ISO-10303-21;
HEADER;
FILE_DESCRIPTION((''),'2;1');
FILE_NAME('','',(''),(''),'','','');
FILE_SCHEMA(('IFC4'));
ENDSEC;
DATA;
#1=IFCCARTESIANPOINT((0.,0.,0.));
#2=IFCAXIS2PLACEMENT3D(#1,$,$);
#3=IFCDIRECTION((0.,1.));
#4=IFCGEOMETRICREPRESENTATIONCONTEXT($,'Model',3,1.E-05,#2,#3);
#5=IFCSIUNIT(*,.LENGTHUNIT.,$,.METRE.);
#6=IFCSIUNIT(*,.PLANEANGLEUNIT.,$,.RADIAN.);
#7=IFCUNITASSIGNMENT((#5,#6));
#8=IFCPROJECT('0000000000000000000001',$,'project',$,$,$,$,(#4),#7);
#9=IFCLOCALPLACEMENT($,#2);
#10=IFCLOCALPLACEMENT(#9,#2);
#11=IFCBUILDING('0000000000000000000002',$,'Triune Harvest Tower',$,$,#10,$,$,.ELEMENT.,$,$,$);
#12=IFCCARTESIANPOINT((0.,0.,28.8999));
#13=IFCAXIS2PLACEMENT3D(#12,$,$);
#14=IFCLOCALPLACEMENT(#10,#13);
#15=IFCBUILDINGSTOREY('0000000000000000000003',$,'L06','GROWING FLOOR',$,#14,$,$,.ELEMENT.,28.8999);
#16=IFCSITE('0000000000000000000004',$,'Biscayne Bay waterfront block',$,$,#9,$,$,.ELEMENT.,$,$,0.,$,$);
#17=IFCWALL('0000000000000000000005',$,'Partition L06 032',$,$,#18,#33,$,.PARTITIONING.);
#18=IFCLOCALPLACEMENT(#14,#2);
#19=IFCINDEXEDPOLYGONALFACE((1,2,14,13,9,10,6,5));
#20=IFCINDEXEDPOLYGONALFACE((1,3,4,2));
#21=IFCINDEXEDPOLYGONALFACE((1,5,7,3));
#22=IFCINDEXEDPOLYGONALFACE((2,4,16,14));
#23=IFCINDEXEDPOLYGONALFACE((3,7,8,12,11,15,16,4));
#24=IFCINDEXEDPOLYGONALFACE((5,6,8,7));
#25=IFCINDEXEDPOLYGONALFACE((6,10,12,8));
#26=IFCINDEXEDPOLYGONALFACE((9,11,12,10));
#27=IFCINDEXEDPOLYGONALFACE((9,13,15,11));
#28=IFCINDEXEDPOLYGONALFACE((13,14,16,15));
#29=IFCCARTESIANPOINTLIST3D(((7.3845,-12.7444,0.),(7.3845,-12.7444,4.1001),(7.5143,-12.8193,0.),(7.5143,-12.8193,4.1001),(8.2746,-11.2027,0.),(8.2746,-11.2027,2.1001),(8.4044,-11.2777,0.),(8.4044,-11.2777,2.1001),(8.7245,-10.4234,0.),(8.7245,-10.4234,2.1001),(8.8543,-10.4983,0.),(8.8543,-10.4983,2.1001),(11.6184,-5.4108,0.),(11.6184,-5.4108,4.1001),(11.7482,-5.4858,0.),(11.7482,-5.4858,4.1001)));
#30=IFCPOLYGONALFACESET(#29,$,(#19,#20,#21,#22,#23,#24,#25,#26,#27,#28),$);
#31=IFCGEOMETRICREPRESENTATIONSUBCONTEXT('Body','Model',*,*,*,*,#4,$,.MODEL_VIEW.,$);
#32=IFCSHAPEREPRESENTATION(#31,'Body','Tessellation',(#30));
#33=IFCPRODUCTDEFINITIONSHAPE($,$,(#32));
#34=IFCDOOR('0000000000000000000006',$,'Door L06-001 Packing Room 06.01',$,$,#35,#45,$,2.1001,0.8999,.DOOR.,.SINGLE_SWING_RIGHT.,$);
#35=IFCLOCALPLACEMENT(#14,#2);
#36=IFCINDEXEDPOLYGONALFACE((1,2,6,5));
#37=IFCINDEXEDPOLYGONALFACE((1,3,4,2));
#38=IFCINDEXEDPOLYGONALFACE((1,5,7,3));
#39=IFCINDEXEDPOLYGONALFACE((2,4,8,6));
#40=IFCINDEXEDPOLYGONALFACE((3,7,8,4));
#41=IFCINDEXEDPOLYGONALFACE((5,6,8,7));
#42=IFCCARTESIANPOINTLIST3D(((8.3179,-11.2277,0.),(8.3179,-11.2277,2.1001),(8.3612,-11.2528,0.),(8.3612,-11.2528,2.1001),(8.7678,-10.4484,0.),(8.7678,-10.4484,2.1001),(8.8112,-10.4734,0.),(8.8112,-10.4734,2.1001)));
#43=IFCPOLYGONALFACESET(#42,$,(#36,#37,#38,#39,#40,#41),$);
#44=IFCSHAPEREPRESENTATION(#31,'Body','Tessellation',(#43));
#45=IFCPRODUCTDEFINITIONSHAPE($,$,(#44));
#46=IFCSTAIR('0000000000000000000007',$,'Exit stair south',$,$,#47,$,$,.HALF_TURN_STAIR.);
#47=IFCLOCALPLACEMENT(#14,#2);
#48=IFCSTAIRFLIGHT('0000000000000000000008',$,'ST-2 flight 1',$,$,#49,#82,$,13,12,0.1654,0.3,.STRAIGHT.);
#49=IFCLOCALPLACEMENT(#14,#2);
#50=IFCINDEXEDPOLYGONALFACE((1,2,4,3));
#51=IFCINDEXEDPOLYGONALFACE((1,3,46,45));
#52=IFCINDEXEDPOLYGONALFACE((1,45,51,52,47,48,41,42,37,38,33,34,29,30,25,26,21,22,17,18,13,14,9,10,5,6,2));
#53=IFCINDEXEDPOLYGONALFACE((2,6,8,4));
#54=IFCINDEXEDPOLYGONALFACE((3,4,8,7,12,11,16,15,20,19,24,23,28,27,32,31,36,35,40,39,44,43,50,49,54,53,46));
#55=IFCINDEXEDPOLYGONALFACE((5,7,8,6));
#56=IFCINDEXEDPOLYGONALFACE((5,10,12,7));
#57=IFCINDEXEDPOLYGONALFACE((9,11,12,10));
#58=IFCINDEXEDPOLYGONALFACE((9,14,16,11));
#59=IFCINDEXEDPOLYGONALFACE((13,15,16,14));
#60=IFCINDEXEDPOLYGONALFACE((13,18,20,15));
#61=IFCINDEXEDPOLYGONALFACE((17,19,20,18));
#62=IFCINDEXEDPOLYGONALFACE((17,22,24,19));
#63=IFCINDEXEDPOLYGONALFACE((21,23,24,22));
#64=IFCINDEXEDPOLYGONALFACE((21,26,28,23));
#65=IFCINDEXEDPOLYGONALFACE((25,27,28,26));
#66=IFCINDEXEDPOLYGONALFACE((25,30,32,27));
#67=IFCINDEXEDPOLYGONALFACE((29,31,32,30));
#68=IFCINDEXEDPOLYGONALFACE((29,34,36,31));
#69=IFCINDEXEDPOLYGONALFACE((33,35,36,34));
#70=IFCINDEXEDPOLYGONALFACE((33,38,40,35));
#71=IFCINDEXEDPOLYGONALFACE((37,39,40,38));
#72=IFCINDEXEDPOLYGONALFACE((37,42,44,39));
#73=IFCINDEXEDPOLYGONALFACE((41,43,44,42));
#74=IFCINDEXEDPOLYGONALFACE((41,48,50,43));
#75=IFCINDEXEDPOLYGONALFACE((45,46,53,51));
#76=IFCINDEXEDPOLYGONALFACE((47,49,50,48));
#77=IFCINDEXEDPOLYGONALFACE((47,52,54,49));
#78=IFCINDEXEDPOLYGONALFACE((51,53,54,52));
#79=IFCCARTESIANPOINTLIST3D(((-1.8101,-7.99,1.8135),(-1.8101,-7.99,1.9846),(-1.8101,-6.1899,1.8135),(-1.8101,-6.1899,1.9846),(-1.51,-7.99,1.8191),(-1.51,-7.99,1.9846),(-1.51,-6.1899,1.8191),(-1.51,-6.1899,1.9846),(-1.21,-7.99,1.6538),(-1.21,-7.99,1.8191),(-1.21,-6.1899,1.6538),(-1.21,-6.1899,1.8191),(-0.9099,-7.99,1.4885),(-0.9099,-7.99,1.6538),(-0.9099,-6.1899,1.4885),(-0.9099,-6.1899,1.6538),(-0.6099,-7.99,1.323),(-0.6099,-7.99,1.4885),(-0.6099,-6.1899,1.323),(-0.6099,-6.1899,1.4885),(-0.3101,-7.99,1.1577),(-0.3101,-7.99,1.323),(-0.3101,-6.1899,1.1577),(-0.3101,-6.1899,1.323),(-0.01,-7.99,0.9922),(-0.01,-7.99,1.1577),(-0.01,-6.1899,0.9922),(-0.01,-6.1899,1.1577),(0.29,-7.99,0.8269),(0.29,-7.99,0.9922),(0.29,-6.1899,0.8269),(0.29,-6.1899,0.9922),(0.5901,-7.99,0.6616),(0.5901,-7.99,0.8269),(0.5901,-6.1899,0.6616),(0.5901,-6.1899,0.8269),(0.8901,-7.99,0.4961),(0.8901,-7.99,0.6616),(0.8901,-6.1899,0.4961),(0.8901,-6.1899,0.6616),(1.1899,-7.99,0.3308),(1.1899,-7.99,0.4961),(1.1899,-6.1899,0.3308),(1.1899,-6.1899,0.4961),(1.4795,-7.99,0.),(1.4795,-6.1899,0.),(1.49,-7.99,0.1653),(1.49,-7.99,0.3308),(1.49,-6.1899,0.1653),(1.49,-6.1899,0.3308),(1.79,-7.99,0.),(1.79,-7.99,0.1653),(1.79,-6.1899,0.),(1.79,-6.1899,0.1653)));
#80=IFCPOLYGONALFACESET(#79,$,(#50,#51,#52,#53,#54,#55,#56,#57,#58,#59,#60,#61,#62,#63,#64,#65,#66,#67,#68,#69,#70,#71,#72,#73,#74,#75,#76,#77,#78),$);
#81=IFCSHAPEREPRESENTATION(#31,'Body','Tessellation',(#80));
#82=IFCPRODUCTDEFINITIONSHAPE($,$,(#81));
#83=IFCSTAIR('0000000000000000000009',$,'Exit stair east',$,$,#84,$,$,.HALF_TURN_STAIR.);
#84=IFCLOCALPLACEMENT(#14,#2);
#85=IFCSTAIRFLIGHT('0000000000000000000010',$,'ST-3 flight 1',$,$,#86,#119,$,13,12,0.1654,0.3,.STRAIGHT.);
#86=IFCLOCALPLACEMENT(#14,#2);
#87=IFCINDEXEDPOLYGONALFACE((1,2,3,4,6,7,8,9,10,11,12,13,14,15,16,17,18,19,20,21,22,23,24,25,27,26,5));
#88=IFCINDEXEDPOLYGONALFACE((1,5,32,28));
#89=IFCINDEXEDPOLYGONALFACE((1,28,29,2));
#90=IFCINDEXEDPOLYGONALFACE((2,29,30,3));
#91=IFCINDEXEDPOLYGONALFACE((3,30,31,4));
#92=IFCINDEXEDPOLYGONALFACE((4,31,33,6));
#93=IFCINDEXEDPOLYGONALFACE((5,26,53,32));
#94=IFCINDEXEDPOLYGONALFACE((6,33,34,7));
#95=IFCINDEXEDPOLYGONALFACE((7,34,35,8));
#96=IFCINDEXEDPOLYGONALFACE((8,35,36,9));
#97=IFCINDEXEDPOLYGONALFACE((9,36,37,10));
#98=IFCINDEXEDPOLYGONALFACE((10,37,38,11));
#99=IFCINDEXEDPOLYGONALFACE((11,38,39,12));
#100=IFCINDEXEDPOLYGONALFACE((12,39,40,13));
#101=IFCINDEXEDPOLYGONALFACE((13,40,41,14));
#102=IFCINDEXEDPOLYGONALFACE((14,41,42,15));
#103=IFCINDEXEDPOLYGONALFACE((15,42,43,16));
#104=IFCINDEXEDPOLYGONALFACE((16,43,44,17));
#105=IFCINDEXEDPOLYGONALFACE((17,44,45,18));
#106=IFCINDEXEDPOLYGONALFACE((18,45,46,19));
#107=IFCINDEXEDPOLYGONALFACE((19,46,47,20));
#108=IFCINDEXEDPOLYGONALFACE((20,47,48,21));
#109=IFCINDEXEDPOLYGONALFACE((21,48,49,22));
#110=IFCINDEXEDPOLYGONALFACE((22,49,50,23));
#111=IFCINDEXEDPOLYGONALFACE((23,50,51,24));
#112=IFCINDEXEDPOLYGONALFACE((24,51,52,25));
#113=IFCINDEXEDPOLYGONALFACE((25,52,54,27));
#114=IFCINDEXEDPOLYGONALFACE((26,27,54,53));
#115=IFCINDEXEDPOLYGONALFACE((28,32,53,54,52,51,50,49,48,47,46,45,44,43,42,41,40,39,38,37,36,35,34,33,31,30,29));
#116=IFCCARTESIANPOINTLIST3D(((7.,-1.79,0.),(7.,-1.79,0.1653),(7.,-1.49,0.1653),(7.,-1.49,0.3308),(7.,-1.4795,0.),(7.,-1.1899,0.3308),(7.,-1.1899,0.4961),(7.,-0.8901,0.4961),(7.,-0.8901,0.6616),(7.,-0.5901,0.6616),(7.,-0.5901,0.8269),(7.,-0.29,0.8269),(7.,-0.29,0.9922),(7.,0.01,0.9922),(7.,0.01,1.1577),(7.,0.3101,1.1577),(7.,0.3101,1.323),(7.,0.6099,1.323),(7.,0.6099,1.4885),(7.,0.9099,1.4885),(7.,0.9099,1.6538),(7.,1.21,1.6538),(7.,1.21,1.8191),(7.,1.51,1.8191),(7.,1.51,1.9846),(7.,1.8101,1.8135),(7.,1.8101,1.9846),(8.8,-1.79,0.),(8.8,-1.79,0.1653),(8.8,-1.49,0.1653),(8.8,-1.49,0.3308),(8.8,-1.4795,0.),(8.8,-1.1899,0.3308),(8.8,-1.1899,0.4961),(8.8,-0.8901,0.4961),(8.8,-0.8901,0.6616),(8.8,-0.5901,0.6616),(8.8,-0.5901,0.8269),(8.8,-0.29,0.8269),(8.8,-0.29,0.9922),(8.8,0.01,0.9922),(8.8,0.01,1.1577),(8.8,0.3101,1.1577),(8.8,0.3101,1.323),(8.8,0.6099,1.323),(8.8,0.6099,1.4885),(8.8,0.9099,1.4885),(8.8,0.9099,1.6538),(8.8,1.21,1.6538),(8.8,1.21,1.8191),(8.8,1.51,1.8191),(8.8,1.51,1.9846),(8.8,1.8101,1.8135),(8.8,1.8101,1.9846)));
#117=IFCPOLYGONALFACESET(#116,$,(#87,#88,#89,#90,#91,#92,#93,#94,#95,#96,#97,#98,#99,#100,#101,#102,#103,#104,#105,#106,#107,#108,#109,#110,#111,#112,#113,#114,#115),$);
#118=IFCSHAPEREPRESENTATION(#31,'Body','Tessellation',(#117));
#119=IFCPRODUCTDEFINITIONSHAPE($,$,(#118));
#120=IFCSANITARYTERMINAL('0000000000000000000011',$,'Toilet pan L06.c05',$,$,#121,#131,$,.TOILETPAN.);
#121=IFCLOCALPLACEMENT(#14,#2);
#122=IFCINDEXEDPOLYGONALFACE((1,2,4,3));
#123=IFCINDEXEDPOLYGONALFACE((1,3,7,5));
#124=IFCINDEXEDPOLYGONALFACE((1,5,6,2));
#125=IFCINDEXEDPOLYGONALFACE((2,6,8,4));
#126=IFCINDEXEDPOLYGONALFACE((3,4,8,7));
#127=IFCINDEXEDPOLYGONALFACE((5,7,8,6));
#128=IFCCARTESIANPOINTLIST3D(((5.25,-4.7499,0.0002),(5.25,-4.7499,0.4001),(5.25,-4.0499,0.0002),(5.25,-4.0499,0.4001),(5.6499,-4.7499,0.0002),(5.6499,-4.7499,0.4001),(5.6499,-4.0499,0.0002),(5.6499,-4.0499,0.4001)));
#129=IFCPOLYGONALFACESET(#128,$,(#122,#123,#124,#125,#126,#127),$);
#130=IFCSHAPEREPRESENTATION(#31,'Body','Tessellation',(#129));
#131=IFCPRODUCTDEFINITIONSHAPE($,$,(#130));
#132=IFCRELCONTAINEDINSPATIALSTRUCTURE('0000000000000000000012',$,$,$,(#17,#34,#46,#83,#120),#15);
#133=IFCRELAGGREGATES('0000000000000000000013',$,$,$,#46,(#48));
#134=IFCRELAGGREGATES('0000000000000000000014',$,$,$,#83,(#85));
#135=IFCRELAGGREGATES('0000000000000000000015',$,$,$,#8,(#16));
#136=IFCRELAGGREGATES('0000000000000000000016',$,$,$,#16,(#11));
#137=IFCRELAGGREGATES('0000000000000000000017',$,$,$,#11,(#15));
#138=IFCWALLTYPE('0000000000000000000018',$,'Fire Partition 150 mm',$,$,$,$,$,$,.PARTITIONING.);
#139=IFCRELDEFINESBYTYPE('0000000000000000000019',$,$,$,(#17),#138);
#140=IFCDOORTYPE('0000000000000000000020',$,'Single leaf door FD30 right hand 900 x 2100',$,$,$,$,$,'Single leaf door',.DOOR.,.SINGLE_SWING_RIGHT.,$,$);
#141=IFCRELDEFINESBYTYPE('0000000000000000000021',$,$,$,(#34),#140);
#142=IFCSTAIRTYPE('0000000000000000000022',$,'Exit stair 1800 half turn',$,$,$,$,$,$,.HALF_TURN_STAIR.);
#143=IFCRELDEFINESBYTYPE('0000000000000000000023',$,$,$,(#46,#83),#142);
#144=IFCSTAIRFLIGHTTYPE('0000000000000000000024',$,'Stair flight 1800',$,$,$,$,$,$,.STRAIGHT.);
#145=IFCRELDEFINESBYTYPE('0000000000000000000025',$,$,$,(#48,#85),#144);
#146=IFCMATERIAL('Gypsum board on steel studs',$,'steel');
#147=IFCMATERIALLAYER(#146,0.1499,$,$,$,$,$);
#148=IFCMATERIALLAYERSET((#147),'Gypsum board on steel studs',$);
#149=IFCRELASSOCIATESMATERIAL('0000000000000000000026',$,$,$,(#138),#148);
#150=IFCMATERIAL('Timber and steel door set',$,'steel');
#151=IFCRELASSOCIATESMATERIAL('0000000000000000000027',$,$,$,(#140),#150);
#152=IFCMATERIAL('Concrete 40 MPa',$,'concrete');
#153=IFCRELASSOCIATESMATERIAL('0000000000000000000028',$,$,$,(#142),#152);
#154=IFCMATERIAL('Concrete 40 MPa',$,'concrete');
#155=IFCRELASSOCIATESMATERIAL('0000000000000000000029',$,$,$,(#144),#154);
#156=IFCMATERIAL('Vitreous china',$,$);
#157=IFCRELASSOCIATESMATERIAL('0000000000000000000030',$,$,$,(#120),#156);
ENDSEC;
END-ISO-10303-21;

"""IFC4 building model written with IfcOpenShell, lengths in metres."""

from ifc_helpers import new_model, si_unit, direction, frame, frame_2d, origin, origin_2d, place, context, subcontext, project, spatial, polyline, rectangle, outline, extrude, source, transform, mapped, material, layer, layer_set, type_object, element, fill, aggregate, save


model = new_model("IFC4")

# Units and contexts
model_context = context("Model", 3, precision=1e-05, world=origin(), true_north=direction((0.0, 1.0)))
body_context = subcontext(model_context, "Body", "Model", "MODEL_VIEW")
ifc_project = project(units=[si_unit("LENGTHUNIT", "METRE"), si_unit("PLANEANGLEUNIT", "RADIAN")], contexts=[model_context])

# Site, building, storey
site_placement = place(None, origin())
site = spatial("IfcSite", under=ifc_project, at=site_placement, Name="Biscayne Bay waterfront block", CompositionType="ELEMENT", RefElevation=0.0)
building_placement = place(site_placement, origin())
building = spatial("IfcBuilding", under=site, at=building_placement, Name="Triune Harvest Tower", CompositionType="ELEMENT")
storey_placement = place(building_placement, frame((0.0, 0.0, 28.8999)))
storey = spatial("IfcBuildingStorey", under=building, at=storey_placement, Name="L06", Description="GROWING FLOOR", CompositionType="ELEMENT", Elevation=28.8999)

# Wall, opening, door
ifc_material_1 = material(Name="Gypsum board on steel studs", Category="steel")
ifc_layer_1 = layer(ifc_material_1, 0.1499)
ifc_layer_set_1 = layer_set([ifc_layer_1], Name="Gypsum board on steel studs")
wall_type_1 = type_object("IfcWallType", Name="Fire Partition 150 mm", PredefinedType="PARTITIONING", material=ifc_layer_set_1)
shared_shape_1 = source(origin(), body_context, "Body", "SweptSolid", [
    extrude(rectangle(XDim=8.468, YDim=0.1499, at=frame_2d((4.2339, 0.0))), origin(), (0.0, 0.0, 1.0), 4.1001),
])
wall_1_placement = place(storey_placement, frame((7.4495, -12.7817, 0.0), z_axis=(0.0, 0.0, 1.0), x_axis=(0.49999, 0.866031, 0.0)))
wall_1 = element("IfcWall", 1, at=wall_1_placement, inside=storey, type_object=wall_type_1, Name="Partition L06 032", PredefinedType="PARTITIONING", context=body_context, shape_type="MappedRepresentation", body=[
    mapped(shared_shape_1, transform((0.0, 0.0, 0.0), scale=1.0)),
])
opening_1_placement = place(wall_1_placement, frame((1.78, 0.0, 0.0)))
opening_1 = element("IfcOpeningElement", 2, at=opening_1_placement, cuts=wall_1, PredefinedType="OPENING", context=body_context, shape_type="SweptSolid", body=[
    extrude(rectangle(XDim=0.8999, YDim=2.1001, at=frame_2d((0.45, 1.05))), frame((0.0, 0.085, 0.0), z_axis=(0.0, -1.0, 0.0), x_axis=(1.0, 0.0, 0.0)), (0.0, 0.0, 1.0), 0.1699),
])
ifc_material_2 = material(Name="Timber and steel door set", Category="steel")
door_type_1 = type_object("IfcDoorType", Name="Single leaf door FD30 right hand 900 x 2100", ElementType="Single leaf door", OperationType="SINGLE_SWING_RIGHT", PredefinedType="DOOR", material=ifc_material_2)
door_1_placement = place(opening_1_placement, origin())
door_1 = element("IfcDoor", 3, at=door_1_placement, inside=storey, type_object=door_type_1, Name="Door L06-001 Packing Room 06.01", OperationType="SINGLE_SWING_RIGHT", OverallHeight=2.1001, OverallWidth=0.8999, PredefinedType="DOOR", context=body_context, shape_type="SweptSolid", body=[
    extrude(rectangle(XDim=0.8999, YDim=2.1001, at=frame_2d((0.45, 1.05))), frame((0.0, 0.0249, 0.0), z_axis=(0.0, -1.0, 0.0), x_axis=(1.0, 0.0, 0.0)), (0.0, 0.0, 1.0), 0.05),
])
fill(opening_1, door_1)

# Stairs, stair flights
ifc_material_3 = material(Name="Concrete 40 MPa", Category="concrete")
stair_type = type_object("IfcStairType", Name="Exit stair 1800 half turn", PredefinedType="HALF_TURN_STAIR", material=ifc_material_3)
stair_1_placement = place(storey_placement, origin())
stair_1 = element("IfcStair", 4, at=stair_1_placement, inside=storey, type_object=stair_type, Name="Exit stair south", PredefinedType="HALF_TURN_STAIR")
ifc_material_4 = material(Name="Concrete 40 MPa", Category="concrete")
stair_flight_type = type_object("IfcStairFlightType", Name="Stair flight 1800", PredefinedType="STRAIGHT", material=ifc_material_4)
shared_shape_2 = source(origin(), body_context, "Body", "SweptSolid", [
    extrude(outline(polyline([(0.0, 0.0), (0.0, 0.1653), (0.3, 0.1653), (0.3, 0.3308), (0.6001, 0.3308), (0.6001, 0.4961), (0.8999, 0.4961), (0.8999, 0.6616), (1.2, 0.6616), (1.2, 0.8269), (1.5, 0.8269), (1.5, 0.9922), (1.8, 0.9922), (1.8, 1.1577), (2.1001, 1.1577), (2.1001, 1.323), (2.3999, 1.323), (2.3999, 1.4885), (2.7, 1.4885), (2.7, 1.6538), (3.0, 1.6538), (3.0, 1.8191), (3.3, 1.8191), (3.3, 1.9846), (3.6001, 1.9846), (3.6001, 2.1499), (3.6001, 1.8135), (0.3105, 0.0), (0.0, 0.0)])), frame((0.0, 0.8999, 0.0), z_axis=(0.0, -1.0, 0.0), x_axis=(1.0, 0.0, 0.0)), (0.0, 0.0, 1.0), 1.8),
])
stair_flight_1_placement = place(storey_placement, frame((1.79, -7.0901, 0.0), z_axis=(0.0, 0.0, 1.0), x_axis=(-1.0, 0.0, 0.0)))
stair_flight_1 = element("IfcStairFlight", 5, at=stair_flight_1_placement, type_object=stair_flight_type, Name="ST-2 flight 1", NumberOfRisers=13, NumberOfTreads=12, PredefinedType="STRAIGHT", RiserHeight=0.1654, TreadLength=0.3, context=body_context, shape_type="MappedRepresentation", body=[
    mapped(shared_shape_2, transform((0.0, 0.0, 0.0), scale=1.0)),
])
aggregate(stair_1, [stair_flight_1])
stair_2_placement = place(storey_placement, origin())
stair_2 = element("IfcStair", 6, at=stair_2_placement, inside=storey, type_object=stair_type, Name="Exit stair east", PredefinedType="HALF_TURN_STAIR")
stair_flight_2_placement = place(storey_placement, frame((7.8999, -1.79, 0.0), z_axis=(0.0, 0.0, 1.0), x_axis=(0.0, 1.0, 0.0)))
stair_flight_2 = element("IfcStairFlight", 7, at=stair_flight_2_placement, type_object=stair_flight_type, Name="ST-3 flight 1", NumberOfRisers=13, NumberOfTreads=12, PredefinedType="STRAIGHT", RiserHeight=0.1654, TreadLength=0.3, context=body_context, shape_type="MappedRepresentation", body=[
    mapped(shared_shape_2, transform((0.0, 0.0, 0.0), scale=1.0)),
])
aggregate(stair_2, [stair_flight_2])

# Sanitary terminal
ifc_material_5 = material(Name="Vitreous china")
shared_shape_3 = source(origin(), body_context, "Body", "SweptSolid", [
    extrude(rectangle(XDim=0.3999, YDim=0.7, at=origin_2d()), origin(), (0.0, 0.0, 1.0), 0.3999),
])
sanitary_terminal_placement = place(storey_placement, frame((5.45, -4.3999, 0.0002), z_axis=(0.0, 0.0, 1.0), x_axis=(1.0, 0.0, 0.0)))
element("IfcSanitaryTerminal", 8, at=sanitary_terminal_placement, inside=storey, material=ifc_material_5, Name="Toilet pan L06.c05", PredefinedType="TOILETPAN", context=body_context, shape_type="MappedRepresentation", body=[
    mapped(shared_shape_3, transform((0.0, 0.0, 0.0), scale=1.0)),
])

save(model, "model.ifc")
